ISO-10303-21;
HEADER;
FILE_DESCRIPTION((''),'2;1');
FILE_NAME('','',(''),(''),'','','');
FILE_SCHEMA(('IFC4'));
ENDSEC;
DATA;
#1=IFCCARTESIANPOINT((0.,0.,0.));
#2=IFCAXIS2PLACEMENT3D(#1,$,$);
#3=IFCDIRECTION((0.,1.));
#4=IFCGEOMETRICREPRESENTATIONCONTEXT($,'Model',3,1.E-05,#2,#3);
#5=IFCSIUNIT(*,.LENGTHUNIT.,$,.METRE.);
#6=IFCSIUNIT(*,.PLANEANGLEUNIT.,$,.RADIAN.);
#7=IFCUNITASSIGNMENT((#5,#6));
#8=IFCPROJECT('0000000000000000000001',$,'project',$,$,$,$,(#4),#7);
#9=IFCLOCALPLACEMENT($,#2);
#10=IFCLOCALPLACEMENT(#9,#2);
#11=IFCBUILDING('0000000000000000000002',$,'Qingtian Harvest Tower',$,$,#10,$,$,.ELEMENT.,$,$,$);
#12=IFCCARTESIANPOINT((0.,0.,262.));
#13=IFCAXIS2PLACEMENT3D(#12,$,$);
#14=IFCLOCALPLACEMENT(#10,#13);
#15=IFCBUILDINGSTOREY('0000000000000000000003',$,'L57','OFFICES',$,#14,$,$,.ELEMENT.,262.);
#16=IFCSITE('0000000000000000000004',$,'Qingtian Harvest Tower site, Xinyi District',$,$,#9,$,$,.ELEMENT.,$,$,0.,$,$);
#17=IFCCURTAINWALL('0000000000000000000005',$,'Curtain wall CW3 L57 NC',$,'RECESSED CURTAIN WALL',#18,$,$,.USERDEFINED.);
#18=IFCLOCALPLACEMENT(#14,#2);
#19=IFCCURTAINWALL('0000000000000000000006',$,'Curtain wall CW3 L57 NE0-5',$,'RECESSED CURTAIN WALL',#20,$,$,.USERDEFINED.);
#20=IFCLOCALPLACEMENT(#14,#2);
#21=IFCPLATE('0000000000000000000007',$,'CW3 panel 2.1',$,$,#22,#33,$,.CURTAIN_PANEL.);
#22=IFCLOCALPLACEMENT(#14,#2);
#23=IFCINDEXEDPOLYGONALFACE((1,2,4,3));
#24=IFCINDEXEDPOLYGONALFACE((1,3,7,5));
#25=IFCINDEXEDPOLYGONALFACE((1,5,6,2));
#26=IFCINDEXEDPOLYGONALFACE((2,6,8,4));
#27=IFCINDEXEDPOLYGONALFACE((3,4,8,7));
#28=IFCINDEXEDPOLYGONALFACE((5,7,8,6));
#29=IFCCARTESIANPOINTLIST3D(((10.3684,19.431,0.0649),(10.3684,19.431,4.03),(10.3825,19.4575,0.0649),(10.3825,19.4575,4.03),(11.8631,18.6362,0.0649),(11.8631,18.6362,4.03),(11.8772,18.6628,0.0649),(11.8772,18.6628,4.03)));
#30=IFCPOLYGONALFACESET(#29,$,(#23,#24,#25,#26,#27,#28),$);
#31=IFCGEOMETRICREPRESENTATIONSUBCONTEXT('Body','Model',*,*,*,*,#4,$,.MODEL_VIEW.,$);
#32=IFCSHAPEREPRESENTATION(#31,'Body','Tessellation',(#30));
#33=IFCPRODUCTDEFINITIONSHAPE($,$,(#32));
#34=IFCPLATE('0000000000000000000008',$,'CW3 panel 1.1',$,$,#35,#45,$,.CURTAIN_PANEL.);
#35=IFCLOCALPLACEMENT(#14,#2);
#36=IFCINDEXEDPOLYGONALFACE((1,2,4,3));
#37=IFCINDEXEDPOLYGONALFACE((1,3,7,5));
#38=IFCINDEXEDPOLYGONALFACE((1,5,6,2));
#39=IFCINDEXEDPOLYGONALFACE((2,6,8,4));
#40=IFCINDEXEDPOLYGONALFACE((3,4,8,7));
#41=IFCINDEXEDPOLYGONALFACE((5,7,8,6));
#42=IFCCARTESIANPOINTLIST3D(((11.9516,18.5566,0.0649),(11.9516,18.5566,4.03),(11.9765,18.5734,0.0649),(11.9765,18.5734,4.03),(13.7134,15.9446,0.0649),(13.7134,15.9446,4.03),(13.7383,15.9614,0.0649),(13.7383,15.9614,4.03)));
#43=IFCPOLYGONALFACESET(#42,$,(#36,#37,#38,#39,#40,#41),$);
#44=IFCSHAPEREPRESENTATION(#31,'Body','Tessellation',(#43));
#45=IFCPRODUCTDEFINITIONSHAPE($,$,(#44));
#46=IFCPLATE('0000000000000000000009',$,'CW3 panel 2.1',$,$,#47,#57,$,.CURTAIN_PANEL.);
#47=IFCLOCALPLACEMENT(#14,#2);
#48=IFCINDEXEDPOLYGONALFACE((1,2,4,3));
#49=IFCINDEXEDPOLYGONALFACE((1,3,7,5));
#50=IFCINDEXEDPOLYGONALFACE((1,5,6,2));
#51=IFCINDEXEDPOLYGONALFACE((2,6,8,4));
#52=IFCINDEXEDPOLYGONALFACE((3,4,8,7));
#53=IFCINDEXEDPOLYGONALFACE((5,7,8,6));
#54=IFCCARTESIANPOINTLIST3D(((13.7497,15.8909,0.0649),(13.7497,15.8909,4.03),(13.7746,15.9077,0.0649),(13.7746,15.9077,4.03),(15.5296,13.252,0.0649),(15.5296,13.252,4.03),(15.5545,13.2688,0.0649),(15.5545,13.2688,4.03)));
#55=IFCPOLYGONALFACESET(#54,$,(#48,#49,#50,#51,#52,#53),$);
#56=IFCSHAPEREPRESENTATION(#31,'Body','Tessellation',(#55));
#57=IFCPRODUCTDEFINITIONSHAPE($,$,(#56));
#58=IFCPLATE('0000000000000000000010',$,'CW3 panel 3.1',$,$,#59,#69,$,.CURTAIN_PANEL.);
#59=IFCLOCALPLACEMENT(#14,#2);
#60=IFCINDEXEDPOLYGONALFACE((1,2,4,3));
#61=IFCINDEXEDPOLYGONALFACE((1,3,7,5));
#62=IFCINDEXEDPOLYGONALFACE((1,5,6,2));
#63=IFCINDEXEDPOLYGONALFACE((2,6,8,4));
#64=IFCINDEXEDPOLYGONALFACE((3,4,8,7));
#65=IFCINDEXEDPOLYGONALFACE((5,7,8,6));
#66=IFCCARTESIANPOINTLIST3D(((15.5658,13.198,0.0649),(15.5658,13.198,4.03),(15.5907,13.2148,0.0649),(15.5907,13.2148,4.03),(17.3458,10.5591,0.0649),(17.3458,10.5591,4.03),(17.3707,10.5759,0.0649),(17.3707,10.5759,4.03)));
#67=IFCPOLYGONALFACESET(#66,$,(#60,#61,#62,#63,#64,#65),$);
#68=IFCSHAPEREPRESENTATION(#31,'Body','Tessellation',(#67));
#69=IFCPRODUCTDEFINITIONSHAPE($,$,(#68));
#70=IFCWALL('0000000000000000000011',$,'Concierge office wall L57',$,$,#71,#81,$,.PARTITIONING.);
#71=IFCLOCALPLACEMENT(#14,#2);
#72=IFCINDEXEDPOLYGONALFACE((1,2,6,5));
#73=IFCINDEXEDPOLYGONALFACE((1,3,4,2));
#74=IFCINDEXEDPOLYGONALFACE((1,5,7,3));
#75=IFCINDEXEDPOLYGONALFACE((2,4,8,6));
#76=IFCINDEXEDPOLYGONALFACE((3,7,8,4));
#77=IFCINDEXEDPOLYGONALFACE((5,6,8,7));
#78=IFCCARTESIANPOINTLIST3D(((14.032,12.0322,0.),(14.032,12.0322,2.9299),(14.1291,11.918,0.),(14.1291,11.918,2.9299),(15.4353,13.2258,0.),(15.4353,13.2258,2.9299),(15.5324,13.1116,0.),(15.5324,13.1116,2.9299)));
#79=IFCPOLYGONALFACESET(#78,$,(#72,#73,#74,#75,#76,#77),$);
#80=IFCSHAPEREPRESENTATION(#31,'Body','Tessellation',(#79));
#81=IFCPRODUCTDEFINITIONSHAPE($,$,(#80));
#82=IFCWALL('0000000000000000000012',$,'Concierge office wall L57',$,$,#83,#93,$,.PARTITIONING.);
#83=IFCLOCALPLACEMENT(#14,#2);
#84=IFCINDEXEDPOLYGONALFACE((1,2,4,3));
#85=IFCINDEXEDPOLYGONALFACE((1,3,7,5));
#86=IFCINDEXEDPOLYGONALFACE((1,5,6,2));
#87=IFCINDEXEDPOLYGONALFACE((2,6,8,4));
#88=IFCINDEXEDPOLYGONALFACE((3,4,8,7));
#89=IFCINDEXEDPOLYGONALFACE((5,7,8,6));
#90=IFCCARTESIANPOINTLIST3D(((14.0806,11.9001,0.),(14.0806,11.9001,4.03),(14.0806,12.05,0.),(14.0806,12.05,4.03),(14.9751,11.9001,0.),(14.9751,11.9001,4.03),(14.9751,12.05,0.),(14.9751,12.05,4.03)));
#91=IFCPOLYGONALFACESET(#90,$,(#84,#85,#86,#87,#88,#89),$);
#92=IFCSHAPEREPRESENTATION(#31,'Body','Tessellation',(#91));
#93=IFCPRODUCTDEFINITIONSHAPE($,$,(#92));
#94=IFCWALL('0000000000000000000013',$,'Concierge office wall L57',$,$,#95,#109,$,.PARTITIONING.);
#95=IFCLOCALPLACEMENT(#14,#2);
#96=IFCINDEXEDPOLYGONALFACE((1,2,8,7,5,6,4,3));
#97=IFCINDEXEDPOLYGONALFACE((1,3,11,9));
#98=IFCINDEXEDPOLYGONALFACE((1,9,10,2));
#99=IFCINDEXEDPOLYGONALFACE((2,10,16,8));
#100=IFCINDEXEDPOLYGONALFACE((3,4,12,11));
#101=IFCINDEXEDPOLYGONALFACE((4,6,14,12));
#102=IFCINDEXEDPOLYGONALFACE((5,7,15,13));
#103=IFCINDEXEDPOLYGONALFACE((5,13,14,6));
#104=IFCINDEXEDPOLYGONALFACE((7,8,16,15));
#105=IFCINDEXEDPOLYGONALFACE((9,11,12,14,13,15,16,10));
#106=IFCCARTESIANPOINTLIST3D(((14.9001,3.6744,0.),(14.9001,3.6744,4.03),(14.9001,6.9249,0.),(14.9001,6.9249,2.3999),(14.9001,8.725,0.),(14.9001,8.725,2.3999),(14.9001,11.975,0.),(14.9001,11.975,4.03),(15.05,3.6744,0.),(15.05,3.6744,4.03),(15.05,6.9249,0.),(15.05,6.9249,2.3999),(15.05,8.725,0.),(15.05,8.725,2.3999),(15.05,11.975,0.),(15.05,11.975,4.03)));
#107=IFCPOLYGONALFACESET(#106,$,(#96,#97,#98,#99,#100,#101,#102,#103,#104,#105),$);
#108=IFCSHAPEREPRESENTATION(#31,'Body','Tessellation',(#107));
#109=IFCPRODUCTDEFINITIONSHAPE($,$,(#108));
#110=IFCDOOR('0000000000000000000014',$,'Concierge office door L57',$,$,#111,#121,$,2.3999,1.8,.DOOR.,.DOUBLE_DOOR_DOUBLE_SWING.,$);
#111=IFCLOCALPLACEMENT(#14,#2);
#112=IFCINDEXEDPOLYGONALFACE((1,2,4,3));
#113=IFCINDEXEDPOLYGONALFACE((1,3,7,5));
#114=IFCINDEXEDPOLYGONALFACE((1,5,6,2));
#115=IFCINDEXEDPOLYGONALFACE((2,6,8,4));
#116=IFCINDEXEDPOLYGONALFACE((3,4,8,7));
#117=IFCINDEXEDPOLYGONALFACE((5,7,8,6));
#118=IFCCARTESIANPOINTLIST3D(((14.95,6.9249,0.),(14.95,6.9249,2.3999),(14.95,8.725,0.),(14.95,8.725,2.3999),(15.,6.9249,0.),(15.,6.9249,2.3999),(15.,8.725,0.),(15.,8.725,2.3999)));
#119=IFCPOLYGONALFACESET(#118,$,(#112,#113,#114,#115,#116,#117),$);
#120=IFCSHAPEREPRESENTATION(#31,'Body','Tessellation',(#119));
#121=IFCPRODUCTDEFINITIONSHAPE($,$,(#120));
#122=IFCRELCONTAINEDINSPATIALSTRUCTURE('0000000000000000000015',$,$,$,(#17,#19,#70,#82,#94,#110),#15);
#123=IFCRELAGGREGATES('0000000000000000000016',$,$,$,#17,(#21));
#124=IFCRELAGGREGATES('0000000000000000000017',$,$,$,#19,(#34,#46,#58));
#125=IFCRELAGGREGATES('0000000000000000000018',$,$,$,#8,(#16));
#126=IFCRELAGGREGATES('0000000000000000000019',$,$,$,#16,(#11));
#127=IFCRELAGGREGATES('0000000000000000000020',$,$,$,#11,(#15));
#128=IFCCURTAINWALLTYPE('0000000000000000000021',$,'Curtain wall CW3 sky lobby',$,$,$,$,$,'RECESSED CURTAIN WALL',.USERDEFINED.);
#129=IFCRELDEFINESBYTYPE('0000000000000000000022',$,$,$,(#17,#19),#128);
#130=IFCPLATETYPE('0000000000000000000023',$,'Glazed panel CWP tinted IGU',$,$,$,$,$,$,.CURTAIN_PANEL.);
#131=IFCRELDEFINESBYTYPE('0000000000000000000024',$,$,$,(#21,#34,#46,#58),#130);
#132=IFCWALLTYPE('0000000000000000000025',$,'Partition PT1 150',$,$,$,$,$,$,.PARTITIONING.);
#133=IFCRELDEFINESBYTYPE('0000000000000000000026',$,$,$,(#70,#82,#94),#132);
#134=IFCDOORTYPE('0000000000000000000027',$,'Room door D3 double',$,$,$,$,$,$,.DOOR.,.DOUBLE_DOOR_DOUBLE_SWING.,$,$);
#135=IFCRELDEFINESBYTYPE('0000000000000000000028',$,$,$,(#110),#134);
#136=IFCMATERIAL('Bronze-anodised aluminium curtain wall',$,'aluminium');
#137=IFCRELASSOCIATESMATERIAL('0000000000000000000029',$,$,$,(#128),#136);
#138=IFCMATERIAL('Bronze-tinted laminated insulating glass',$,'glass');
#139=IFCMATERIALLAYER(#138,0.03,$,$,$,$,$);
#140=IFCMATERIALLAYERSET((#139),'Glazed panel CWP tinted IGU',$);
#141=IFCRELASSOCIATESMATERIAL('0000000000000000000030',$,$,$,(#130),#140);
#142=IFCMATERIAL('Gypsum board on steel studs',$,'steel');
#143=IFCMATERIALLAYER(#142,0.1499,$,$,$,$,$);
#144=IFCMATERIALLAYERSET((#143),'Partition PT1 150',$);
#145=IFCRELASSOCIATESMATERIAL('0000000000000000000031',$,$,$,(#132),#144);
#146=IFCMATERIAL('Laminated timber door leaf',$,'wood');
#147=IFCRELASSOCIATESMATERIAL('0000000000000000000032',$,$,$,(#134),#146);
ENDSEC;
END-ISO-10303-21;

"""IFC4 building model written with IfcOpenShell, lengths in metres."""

from ifc_helpers import new_model, si_unit, direction, frame, frame_2d, origin, origin_2d, place, context, subcontext, project, spatial, rectangle, extrude, material, layer, layer_set, type_object, element, fill, aggregate, save


model = new_model("IFC4")

# Units and contexts
model_context = context("Model", 3, precision=1e-05, world=origin(), true_north=direction((0.0, 1.0)))
body_context = subcontext(model_context, "Body", "Model", "MODEL_VIEW")
ifc_project = project(units=[si_unit("LENGTHUNIT", "METRE"), si_unit("PLANEANGLEUNIT", "RADIAN")], contexts=[model_context])

# Site, building, storey
site_placement = place(None, origin())
site = spatial("IfcSite", under=ifc_project, at=site_placement, Name="Qingtian Harvest Tower site, Xinyi District", CompositionType="ELEMENT", RefElevation=0.0)
building_placement = place(site_placement, origin())
building = spatial("IfcBuilding", under=site, at=building_placement, Name="Qingtian Harvest Tower", CompositionType="ELEMENT")
storey_placement = place(building_placement, frame((0.0, 0.0, 262.0)))
storey = spatial("IfcBuildingStorey", under=building, at=storey_placement, Name="L57", Description="OFFICES", CompositionType="ELEMENT", Elevation=262.0)

# Curtain walls
ifc_material_1 = material(Name="Bronze-anodised aluminium curtain wall", Category="aluminium")
curtain_wall_type = type_object("IfcCurtainWallType", Name="Curtain wall CW3 sky lobby", ElementType="RECESSED CURTAIN WALL", PredefinedType="USERDEFINED", material=ifc_material_1)
curtain_wall_1_placement = place(storey_placement, origin())
curtain_wall_1 = element("IfcCurtainWall", 1, at=curtain_wall_1_placement, inside=storey, type_object=curtain_wall_type, Name="Curtain wall CW3 L57 NC", ObjectType="RECESSED CURTAIN WALL", PredefinedType="USERDEFINED")
curtain_wall_2_placement = place(storey_placement, origin())
curtain_wall_2 = element("IfcCurtainWall", 2, at=curtain_wall_2_placement, inside=storey, type_object=curtain_wall_type, Name="Curtain wall CW3 L57 NE0-5", ObjectType="RECESSED CURTAIN WALL", PredefinedType="USERDEFINED")

# Plates
ifc_material_2 = material(Name="Bronze-tinted laminated insulating glass", Category="glass")
ifc_layer_1 = layer(ifc_material_2, 0.03)
ifc_layer_set_1 = layer_set([ifc_layer_1], Name="Glazed panel CWP tinted IGU")
plate_type = type_object("IfcPlateType", Name="Glazed panel CWP tinted IGU", PredefinedType="CURTAIN_PANEL", material=ifc_layer_set_1)
plate_1_placement = place(storey_placement, frame((11.1228, 19.0469, 0.0649), z_axis=(0.0, 0.0, 1.0), x_axis=(0.882948, -0.469472, 0.0)))
plate_1 = element("IfcPlate", 3, at=plate_1_placement, type_object=plate_type, Name="CW3 panel 2.1", PredefinedType="CURTAIN_PANEL", context=body_context, shape_type="SweptSolid", body=[
    extrude(rectangle(XDim=1.6929, YDim=0.03, at=origin_2d()), origin(), (0.0, 0.0, 1.0), 3.9651),
])
aggregate(curtain_wall_1, [plate_1])
plate_2_placement = place(storey_placement, frame((12.845, 17.259, 0.0649), z_axis=(0.0, 0.0, 1.0), x_axis=(0.559193, -0.829038, 0.0)))
plate_2 = element("IfcPlate", 4, at=plate_2_placement, type_object=plate_type, Name="CW3 panel 1.1", PredefinedType="CURTAIN_PANEL", context=body_context, shape_type="SweptSolid", body=[
    extrude(rectangle(XDim=3.1506, YDim=0.03, at=origin_2d()), origin(), (0.0, 0.0, 1.0), 3.9651),
])
plate_3_placement = place(storey_placement, frame((14.6521, 14.5798, 0.0649), z_axis=(0.0, 0.0, 1.0), x_axis=(0.559193, -0.829038, 0.0)))
plate_3 = element("IfcPlate", 5, at=plate_3_placement, type_object=plate_type, Name="CW3 panel 2.1", PredefinedType="CURTAIN_PANEL", context=body_context, shape_type="SweptSolid", body=[
    extrude(rectangle(XDim=3.1831, YDim=0.03, at=origin_2d()), origin(), (0.0, 0.0, 1.0), 3.9651),
])
plate_4_placement = place(storey_placement, frame((16.4683, 11.887, 0.0649), z_axis=(0.0, 0.0, 1.0), x_axis=(0.559193, -0.829038, 0.0)))
plate_4 = element("IfcPlate", 6, at=plate_4_placement, type_object=plate_type, Name="CW3 panel 3.1", PredefinedType="CURTAIN_PANEL", context=body_context, shape_type="SweptSolid", body=[
    extrude(rectangle(XDim=3.1831, YDim=0.03, at=origin_2d()), origin(), (0.0, 0.0, 1.0), 3.9651),
])
aggregate(curtain_wall_2, [plate_2, plate_3, plate_4])

# Walls
ifc_material_3 = material(Name="Gypsum board on steel studs", Category="steel")
ifc_layer_2 = layer(ifc_material_3, 0.1499)
ifc_layer_set_2 = layer_set([ifc_layer_2], Name="Partition PT1 150")
wall_type = type_object("IfcWallType", Name="Partition PT1 150", PredefinedType="PARTITIONING", material=ifc_layer_set_2)
wall_1_placement = place(storey_placement, frame((15.4839, 13.1687, 0.0), z_axis=(0.0, 0.0, 1.0), x_axis=(-0.76173, -0.647895, 0.0)))
element("IfcWall", 7, at=wall_1_placement, inside=storey, type_object=wall_type, Name="Concierge office wall L57", PredefinedType="PARTITIONING", context=body_context, shape_type="SweptSolid", body=[
    extrude(rectangle(XDim=1.8423, YDim=0.1499, at=frame_2d((0.9211, 0.0))), origin(), (0.0, 0.0, 1.0), 2.9299),
])
wall_2_placement = place(storey_placement, frame((14.0806, 11.9751, 0.0), z_axis=(0.0, 0.0, 1.0), x_axis=(1.0, 0.0, 0.0)))
element("IfcWall", 8, at=wall_2_placement, inside=storey, type_object=wall_type, Name="Concierge office wall L57", PredefinedType="PARTITIONING", context=body_context, shape_type="SweptSolid", body=[
    extrude(rectangle(XDim=0.8945, YDim=0.1499, at=frame_2d((0.4473, 0.0))), origin(), (0.0, 0.0, 1.0), 4.03),
])

# Wall, opening, door
wall_3_placement = place(storey_placement, frame((14.9751, 11.9751, 0.0), z_axis=(0.0, 0.0, 1.0), x_axis=(0.0, -1.0, 0.0)))
wall_3 = element("IfcWall", 9, at=wall_3_placement, inside=storey, type_object=wall_type, Name="Concierge office wall L57", PredefinedType="PARTITIONING", context=body_context, shape_type="SweptSolid", body=[
    extrude(rectangle(XDim=8.3005, YDim=0.1499, at=frame_2d((4.1504, 0.0))), origin(), (0.0, 0.0, 1.0), 4.03),
])
opening_placement = place(wall_3_placement, frame((3.2502, 0.0, 0.0)))
opening = element("IfcOpeningElement", 10, at=opening_placement, cuts=wall_3, PredefinedType="OPENING", context=body_context, shape_type="SweptSolid", body=[
    extrude(rectangle(XDim=1.8, YDim=2.3999, at=frame_2d((0.8999, 1.2))), frame((0.0, 0.085, 0.0), z_axis=(0.0, -1.0, 0.0), x_axis=(1.0, 0.0, 0.0)), (0.0, 0.0, 1.0), 0.1699),
])
ifc_material_4 = material(Name="Laminated timber door leaf", Category="wood")
door_type = type_object("IfcDoorType", Name="Room door D3 double", OperationType="DOUBLE_DOOR_DOUBLE_SWING", PredefinedType="DOOR", material=ifc_material_4)
door_placement = place(opening_placement, origin())
door = element("IfcDoor", 11, at=door_placement, inside=storey, type_object=door_type, Name="Concierge office door L57", OperationType="DOUBLE_DOOR_DOUBLE_SWING", OverallHeight=2.3999, OverallWidth=1.8, PredefinedType="DOOR", context=body_context, shape_type="SweptSolid", body=[
    extrude(rectangle(XDim=1.8, YDim=2.3999, at=frame_2d((0.8999, 1.2))), frame((0.0, 0.0249, 0.0), z_axis=(0.0, -1.0, 0.0), x_axis=(1.0, 0.0, 0.0)), (0.0, 0.0, 1.0), 0.05),
])
fill(opening, door)

save(model, "model.ifc")
